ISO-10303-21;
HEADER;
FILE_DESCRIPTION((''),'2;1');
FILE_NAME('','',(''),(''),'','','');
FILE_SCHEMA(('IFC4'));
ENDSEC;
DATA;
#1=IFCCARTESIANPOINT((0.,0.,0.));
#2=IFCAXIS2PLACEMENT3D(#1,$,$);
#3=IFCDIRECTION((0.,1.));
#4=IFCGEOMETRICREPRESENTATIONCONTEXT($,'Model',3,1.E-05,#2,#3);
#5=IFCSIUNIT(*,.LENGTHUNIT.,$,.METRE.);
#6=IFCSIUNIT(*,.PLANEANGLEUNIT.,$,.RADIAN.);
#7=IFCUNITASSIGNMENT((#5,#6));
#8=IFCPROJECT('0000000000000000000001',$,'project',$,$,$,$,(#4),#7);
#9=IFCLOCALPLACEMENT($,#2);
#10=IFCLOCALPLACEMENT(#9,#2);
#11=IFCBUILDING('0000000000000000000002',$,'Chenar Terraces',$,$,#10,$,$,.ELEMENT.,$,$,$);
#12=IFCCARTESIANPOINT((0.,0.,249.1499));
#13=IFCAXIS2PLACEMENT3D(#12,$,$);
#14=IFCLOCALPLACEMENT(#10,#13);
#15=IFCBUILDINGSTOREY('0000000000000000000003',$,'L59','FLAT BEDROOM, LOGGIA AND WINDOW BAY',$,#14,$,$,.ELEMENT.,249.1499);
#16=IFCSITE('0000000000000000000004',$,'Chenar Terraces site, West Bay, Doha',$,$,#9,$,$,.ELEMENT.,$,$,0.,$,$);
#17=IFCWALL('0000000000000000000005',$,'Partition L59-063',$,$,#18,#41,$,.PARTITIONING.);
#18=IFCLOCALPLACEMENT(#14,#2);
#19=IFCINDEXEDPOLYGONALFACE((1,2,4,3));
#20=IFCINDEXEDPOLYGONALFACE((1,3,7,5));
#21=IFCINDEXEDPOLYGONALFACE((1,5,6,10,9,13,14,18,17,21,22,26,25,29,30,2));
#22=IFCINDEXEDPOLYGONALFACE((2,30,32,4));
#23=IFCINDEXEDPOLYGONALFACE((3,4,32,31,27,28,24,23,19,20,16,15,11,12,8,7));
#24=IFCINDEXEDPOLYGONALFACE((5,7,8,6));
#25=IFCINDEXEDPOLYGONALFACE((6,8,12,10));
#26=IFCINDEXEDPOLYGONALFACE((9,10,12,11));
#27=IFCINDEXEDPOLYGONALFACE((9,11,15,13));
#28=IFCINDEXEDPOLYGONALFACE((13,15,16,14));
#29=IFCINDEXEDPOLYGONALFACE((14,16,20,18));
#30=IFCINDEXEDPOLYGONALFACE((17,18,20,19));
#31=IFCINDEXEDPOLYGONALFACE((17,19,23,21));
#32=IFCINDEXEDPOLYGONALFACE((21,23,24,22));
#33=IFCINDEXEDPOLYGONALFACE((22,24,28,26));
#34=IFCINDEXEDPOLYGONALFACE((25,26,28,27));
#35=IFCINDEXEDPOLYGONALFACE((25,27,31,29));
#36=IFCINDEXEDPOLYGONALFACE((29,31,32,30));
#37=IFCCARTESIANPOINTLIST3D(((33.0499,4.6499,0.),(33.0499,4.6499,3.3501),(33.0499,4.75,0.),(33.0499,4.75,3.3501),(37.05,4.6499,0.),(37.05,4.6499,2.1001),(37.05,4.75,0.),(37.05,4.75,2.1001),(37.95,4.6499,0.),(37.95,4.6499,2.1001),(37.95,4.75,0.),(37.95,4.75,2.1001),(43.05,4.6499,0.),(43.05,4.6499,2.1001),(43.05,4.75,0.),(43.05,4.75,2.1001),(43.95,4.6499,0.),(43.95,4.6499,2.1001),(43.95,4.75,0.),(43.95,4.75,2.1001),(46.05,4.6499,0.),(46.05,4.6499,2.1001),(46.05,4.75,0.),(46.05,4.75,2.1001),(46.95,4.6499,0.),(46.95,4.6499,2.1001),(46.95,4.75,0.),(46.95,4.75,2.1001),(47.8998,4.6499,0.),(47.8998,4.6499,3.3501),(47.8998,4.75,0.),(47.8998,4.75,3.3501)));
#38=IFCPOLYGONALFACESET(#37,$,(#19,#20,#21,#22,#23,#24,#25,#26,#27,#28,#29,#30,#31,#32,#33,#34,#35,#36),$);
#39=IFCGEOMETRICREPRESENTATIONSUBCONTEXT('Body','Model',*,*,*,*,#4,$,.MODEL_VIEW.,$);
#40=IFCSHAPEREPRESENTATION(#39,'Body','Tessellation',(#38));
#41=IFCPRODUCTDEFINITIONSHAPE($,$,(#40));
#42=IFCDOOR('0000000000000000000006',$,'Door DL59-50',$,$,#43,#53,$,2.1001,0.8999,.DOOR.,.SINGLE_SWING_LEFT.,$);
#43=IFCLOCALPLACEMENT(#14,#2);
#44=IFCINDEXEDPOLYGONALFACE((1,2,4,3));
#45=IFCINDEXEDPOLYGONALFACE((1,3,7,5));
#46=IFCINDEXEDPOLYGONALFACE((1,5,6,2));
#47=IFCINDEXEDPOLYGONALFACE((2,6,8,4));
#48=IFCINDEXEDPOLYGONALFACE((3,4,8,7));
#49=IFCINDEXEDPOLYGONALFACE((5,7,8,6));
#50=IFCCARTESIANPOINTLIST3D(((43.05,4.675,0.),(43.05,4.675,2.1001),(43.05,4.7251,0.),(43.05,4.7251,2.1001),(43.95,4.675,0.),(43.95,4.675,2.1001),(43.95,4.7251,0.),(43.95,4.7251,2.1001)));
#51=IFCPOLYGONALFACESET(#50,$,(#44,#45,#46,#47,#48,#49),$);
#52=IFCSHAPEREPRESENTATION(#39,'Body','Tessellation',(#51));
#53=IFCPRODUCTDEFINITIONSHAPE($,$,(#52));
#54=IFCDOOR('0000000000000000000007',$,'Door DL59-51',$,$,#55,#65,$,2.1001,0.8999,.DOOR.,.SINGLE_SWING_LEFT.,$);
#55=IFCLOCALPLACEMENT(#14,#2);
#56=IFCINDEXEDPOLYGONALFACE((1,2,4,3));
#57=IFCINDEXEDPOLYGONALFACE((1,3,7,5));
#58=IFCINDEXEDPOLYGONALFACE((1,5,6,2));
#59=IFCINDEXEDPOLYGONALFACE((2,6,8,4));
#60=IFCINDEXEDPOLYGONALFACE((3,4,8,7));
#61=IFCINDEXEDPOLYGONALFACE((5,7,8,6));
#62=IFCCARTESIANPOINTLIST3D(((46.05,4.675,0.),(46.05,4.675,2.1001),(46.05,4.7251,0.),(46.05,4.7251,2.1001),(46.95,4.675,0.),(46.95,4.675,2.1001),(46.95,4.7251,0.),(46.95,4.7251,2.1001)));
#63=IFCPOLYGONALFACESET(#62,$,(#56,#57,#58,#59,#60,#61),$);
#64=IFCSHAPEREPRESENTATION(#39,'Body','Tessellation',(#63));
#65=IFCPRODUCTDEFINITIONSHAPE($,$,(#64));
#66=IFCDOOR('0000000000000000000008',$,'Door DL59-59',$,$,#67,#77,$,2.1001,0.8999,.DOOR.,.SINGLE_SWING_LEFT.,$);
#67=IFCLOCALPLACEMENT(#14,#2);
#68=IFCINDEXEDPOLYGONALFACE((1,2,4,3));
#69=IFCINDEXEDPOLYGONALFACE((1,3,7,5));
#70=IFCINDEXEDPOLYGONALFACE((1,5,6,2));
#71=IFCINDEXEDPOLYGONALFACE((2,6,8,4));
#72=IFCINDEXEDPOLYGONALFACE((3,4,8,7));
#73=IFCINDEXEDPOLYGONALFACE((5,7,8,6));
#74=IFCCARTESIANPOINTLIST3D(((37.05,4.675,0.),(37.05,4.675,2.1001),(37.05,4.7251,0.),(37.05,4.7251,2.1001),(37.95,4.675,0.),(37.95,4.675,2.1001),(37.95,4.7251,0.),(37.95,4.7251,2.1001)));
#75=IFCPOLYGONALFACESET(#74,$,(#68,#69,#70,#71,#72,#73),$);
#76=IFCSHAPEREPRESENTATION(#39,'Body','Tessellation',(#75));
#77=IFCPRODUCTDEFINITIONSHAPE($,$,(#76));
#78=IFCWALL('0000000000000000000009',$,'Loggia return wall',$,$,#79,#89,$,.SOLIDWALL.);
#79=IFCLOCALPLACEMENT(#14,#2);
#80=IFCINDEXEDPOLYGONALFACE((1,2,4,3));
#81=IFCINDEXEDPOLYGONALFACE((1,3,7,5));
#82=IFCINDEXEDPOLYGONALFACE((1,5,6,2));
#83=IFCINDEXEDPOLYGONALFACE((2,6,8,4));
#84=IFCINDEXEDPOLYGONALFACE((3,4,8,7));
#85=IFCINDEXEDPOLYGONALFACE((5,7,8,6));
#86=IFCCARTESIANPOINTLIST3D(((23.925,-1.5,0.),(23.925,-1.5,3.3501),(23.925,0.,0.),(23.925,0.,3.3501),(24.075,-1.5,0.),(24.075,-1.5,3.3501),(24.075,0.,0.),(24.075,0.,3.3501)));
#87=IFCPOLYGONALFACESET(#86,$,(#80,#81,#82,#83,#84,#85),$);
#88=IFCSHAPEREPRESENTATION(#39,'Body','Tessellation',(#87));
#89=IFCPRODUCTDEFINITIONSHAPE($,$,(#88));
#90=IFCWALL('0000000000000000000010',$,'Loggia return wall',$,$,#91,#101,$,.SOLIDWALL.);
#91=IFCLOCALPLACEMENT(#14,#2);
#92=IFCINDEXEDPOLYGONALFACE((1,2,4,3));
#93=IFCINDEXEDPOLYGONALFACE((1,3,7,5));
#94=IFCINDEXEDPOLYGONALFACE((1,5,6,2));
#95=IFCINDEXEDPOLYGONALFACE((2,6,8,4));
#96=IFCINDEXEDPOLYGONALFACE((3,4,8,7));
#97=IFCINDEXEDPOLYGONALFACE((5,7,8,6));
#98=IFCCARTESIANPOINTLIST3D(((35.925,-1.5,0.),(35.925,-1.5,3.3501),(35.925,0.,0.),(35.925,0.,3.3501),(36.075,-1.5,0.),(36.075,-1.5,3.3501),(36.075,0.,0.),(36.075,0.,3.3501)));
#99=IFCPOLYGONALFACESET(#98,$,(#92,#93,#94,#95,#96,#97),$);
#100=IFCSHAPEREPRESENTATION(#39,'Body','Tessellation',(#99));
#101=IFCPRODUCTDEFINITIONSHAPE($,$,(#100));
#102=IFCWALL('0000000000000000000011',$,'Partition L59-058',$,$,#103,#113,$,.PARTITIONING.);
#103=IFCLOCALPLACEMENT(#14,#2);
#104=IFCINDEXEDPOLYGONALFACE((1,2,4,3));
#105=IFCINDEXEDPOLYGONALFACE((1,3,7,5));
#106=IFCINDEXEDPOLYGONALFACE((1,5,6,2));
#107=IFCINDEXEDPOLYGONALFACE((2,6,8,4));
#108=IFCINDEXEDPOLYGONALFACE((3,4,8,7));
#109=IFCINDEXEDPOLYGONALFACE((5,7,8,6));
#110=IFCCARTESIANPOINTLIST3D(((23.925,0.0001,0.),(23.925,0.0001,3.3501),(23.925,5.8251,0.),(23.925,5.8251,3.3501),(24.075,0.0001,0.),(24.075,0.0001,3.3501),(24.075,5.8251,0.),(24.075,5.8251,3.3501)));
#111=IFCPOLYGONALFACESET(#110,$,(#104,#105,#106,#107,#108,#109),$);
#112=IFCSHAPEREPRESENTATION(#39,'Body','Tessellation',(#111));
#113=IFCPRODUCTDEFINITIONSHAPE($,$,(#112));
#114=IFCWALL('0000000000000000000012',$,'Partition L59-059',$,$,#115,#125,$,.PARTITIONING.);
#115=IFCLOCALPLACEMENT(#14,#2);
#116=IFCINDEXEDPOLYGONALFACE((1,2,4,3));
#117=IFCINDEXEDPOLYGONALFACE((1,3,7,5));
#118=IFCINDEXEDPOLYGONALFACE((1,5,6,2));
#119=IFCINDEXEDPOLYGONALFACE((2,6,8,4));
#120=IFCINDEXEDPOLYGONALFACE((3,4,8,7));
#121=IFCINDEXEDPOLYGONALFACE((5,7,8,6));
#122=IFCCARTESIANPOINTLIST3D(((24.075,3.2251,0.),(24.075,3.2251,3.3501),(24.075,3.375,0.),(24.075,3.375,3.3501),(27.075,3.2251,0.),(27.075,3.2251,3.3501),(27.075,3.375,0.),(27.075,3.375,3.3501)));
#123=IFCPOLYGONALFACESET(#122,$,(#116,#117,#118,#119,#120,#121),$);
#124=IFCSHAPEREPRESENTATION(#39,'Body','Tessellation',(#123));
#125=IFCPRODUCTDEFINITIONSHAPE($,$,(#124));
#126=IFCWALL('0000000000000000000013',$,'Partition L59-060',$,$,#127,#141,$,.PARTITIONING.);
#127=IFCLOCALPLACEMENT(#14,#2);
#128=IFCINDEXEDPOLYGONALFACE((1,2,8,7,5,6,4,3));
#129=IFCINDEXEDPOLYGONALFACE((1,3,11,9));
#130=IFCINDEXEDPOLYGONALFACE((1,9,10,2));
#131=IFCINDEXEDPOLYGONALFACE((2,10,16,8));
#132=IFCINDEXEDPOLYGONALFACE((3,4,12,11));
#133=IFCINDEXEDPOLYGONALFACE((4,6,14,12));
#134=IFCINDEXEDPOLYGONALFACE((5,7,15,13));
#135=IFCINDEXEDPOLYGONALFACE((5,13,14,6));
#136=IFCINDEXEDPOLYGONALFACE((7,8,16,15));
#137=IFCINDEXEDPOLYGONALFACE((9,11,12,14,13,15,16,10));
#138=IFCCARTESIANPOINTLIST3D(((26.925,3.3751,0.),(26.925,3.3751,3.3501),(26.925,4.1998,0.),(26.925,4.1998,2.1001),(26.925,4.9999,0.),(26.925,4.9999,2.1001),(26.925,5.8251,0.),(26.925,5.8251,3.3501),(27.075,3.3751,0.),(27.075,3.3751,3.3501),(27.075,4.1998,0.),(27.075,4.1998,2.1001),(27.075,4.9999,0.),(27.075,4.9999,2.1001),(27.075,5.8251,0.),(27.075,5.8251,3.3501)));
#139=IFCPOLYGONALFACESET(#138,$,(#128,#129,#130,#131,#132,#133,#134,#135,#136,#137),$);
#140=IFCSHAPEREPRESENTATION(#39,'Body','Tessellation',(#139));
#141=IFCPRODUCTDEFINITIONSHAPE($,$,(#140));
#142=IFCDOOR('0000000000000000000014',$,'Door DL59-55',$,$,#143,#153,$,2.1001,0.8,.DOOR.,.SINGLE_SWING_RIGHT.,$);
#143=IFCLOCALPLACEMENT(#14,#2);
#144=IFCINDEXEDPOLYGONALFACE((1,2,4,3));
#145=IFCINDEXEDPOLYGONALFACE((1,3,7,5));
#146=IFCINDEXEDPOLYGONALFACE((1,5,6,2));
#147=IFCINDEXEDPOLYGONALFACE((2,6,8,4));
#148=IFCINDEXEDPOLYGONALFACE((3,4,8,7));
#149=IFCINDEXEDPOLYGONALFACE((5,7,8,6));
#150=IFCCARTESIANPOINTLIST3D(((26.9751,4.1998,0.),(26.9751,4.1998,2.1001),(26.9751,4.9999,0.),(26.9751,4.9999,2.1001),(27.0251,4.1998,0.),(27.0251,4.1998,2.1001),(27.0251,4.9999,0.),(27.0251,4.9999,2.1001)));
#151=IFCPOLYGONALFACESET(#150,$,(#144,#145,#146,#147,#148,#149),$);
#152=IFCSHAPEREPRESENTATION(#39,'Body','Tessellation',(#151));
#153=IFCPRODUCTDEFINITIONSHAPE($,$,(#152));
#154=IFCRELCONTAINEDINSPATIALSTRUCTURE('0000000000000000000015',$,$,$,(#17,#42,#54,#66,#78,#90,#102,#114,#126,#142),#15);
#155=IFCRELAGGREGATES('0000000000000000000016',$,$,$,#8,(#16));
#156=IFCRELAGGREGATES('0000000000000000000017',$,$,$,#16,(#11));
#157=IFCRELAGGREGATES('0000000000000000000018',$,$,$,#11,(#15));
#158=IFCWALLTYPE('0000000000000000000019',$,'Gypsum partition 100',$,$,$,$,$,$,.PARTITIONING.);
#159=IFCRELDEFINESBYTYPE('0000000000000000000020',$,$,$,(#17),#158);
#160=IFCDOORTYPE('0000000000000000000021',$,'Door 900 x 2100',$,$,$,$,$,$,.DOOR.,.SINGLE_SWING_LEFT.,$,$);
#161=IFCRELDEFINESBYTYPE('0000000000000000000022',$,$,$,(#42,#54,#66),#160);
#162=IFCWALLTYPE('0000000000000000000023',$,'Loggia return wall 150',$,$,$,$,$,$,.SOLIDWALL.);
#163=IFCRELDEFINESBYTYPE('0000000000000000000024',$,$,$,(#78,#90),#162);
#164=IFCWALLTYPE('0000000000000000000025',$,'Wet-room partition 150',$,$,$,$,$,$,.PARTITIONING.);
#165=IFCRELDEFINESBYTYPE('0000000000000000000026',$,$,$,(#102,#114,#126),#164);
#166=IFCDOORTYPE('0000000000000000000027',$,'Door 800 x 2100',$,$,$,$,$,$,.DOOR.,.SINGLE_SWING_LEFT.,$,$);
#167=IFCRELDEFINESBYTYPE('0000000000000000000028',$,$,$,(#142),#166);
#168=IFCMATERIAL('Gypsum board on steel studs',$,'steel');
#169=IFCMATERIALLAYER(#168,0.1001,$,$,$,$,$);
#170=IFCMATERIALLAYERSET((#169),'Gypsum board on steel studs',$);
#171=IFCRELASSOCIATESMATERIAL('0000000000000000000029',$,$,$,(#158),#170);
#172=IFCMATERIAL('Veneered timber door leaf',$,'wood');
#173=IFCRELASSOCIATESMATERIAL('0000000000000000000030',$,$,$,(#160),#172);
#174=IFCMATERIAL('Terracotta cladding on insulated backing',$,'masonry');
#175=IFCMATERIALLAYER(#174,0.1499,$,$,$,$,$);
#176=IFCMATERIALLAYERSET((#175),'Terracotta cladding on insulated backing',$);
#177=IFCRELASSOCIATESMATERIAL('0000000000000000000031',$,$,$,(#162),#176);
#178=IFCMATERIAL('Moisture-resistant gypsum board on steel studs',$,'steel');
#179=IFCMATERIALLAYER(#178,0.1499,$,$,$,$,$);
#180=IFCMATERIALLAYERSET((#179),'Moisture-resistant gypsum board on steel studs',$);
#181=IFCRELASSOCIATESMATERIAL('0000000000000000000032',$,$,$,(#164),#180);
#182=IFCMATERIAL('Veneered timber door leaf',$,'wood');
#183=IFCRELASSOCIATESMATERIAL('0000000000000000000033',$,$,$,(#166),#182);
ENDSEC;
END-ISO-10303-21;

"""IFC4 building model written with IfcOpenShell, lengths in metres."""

from ifc_helpers import new_model, si_unit, direction, frame, frame_2d, origin, place, context, subcontext, project, spatial, rectangle, extrude, material, layer, layer_set, type_object, element, fill, save


model = new_model("IFC4")

# Units and contexts
model_context = context("Model", 3, precision=1e-05, world=origin(), true_north=direction((0.0, 1.0)))
body_context = subcontext(model_context, "Body", "Model", "MODEL_VIEW")
ifc_project = project(units=[si_unit("LENGTHUNIT", "METRE"), si_unit("PLANEANGLEUNIT", "RADIAN")], contexts=[model_context])

# Site, building, storey
site_placement = place(None, origin())
site = spatial("IfcSite", under=ifc_project, at=site_placement, Name="Chenar Terraces site, West Bay, Doha", CompositionType="ELEMENT", RefElevation=0.0)
building_placement = place(site_placement, origin())
building = spatial("IfcBuilding", under=site, at=building_placement, Name="Chenar Terraces", CompositionType="ELEMENT")
storey_placement = place(building_placement, frame((0.0, 0.0, 249.1499)))
storey = spatial("IfcBuildingStorey", under=building, at=storey_placement, Name="L59", Description="FLAT BEDROOM, LOGGIA AND WINDOW BAY", CompositionType="ELEMENT", Elevation=249.1499)

# Shared definitions
ifc_material_1 = material(Name="Gypsum board on steel studs", Category="steel")
ifc_layer_1 = layer(ifc_material_1, 0.1001)
ifc_layer_set_1 = layer_set([ifc_layer_1], Name="Gypsum board on steel studs")
wall_type_1 = type_object("IfcWallType", Name="Gypsum partition 100", PredefinedType="PARTITIONING", material=ifc_layer_set_1)

# Shared definitions
ifc_material_2 = material(Name="Veneered timber door leaf", Category="wood")
door_type_1 = type_object("IfcDoorType", Name="Door 900 x 2100", OperationType="SINGLE_SWING_LEFT", PredefinedType="DOOR", material=ifc_material_2)

# Wall, openings, doors
wall_1_placement = place(storey_placement, frame((33.05, 4.7, 0.0), z_axis=(0.0, 0.0, 1.0), x_axis=(1.0, 0.0, 0.0)))
wall_1 = element("IfcWall", 1, at=wall_1_placement, inside=storey, type_object=wall_type_1, Name="Partition L59-063", PredefinedType="PARTITIONING", context=body_context, shape_type="SweptSolid", body=[
    extrude(rectangle(XDim=14.8499, YDim=0.1001, at=frame_2d((7.4248, 0.0))), origin(), (0.0, 0.0, 1.0), 3.3501),
])
opening_1_placement = place(wall_1_placement, frame((10.0, 0.0, 0.0)))
opening_1 = element("IfcOpeningElement", 2, at=opening_1_placement, cuts=wall_1, PredefinedType="OPENING", context=body_context, shape_type="SweptSolid", body=[
    extrude(rectangle(XDim=0.8999, YDim=2.1001, at=frame_2d((0.45, 1.05))), frame((0.0, 0.0601, 0.0), z_axis=(0.0, -1.0, 0.0), x_axis=(1.0, 0.0, 0.0)), (0.0, 0.0, 1.0), 0.1201),
])
opening_2_placement = place(wall_1_placement, frame((13.0, 0.0, 0.0)))
opening_2 = element("IfcOpeningElement", 3, at=opening_2_placement, cuts=wall_1, PredefinedType="OPENING", context=body_context, shape_type="SweptSolid", body=[
    extrude(rectangle(XDim=0.8999, YDim=2.1001, at=frame_2d((0.45, 1.05))), frame((0.0, 0.0601, 0.0), z_axis=(0.0, -1.0, 0.0), x_axis=(1.0, 0.0, 0.0)), (0.0, 0.0, 1.0), 0.1201),
])
opening_3_placement = place(wall_1_placement, frame((4.0, 0.0, 0.0)))
opening_3 = element("IfcOpeningElement", 4, at=opening_3_placement, cuts=wall_1, PredefinedType="OPENING", context=body_context, shape_type="SweptSolid", body=[
    extrude(rectangle(XDim=0.8999, YDim=2.1001, at=frame_2d((0.45, 1.05))), frame((0.0, 0.0601, 0.0), z_axis=(0.0, -1.0, 0.0), x_axis=(1.0, 0.0, 0.0)), (0.0, 0.0, 1.0), 0.1201),
])
door_1_placement = place(opening_1_placement, frame((0.8999, 0.0, 0.0), z_axis=(0.0, 0.0, 1.0), x_axis=(-1.0, 0.0, 0.0)))
door_1 = element("IfcDoor", 5, at=door_1_placement, inside=storey, type_object=door_type_1, Name="Door DL59-50", OperationType="SINGLE_SWING_LEFT", OverallHeight=2.1001, OverallWidth=0.8999, PredefinedType="DOOR", context=body_context, shape_type="SweptSolid", body=[
    extrude(rectangle(XDim=0.8999, YDim=2.1001, at=frame_2d((0.45, 1.05))), frame((0.0, 0.0249, 0.0), z_axis=(0.0, -1.0, 0.0), x_axis=(1.0, 0.0, 0.0)), (0.0, 0.0, 1.0), 0.05),
])
fill(opening_1, door_1)
door_2_placement = place(opening_2_placement, frame((0.8999, 0.0, 0.0), z_axis=(0.0, 0.0, 1.0), x_axis=(-1.0, 0.0, 0.0)))
door_2 = element("IfcDoor", 6, at=door_2_placement, inside=storey, type_object=door_type_1, Name="Door DL59-51", OperationType="SINGLE_SWING_LEFT", OverallHeight=2.1001, OverallWidth=0.8999, PredefinedType="DOOR", context=body_context, shape_type="SweptSolid", body=[
    extrude(rectangle(XDim=0.8999, YDim=2.1001, at=frame_2d((0.45, 1.05))), frame((0.0, 0.0249, 0.0), z_axis=(0.0, -1.0, 0.0), x_axis=(1.0, 0.0, 0.0)), (0.0, 0.0, 1.0), 0.05),
])
fill(opening_2, door_2)
door_3_placement = place(opening_3_placement, frame((0.8999, 0.0, 0.0), z_axis=(0.0, 0.0, 1.0), x_axis=(-1.0, 0.0, 0.0)))
door_3 = element("IfcDoor", 7, at=door_3_placement, inside=storey, type_object=door_type_1, Name="Door DL59-59", OperationType="SINGLE_SWING_LEFT", OverallHeight=2.1001, OverallWidth=0.8999, PredefinedType="DOOR", context=body_context, shape_type="SweptSolid", body=[
    extrude(rectangle(XDim=0.8999, YDim=2.1001, at=frame_2d((0.45, 1.05))), frame((0.0, 0.0249, 0.0), z_axis=(0.0, -1.0, 0.0), x_axis=(1.0, 0.0, 0.0)), (0.0, 0.0, 1.0), 0.05),
])
fill(opening_3, door_3)

# Walls
ifc_material_3 = material(Name="Terracotta cladding on insulated backing", Category="masonry")
ifc_layer_2 = layer(ifc_material_3, 0.1499)
ifc_layer_set_2 = layer_set([ifc_layer_2], Name="Terracotta cladding on insulated backing")
wall_type_2 = type_object("IfcWallType", Name="Loggia return wall 150", PredefinedType="SOLIDWALL", material=ifc_layer_set_2)
for number, where, z_axis, x_axis, name in (
    (8, (24.0, -1.5, 0.0), (0.0, 0.0, 1.0), (0.0, 1.0, 0.0), "Loggia return wall"),
    (9, (36.0, -1.5, 0.0), (0.0, 0.0, 1.0), (0.0, 1.0, 0.0), "Loggia return wall"),
):
    element("IfcWall", number, at=place(storey_placement, frame(where, z_axis=z_axis, x_axis=x_axis)), inside=storey, type_object=wall_type_2, Name=name, PredefinedType="SOLIDWALL", context=body_context, shape_type="SweptSolid", body=[
        extrude(rectangle(XDim=1.5, YDim=0.1499, at=frame_2d((0.75, 0.0))), origin(), (0.0, 0.0, 1.0), 3.3501),
    ])
ifc_material_4 = material(Name="Moisture-resistant gypsum board on steel studs", Category="steel")
ifc_layer_3 = layer(ifc_material_4, 0.1499)
ifc_layer_set_3 = layer_set([ifc_layer_3], Name="Moisture-resistant gypsum board on steel studs")
wall_type_3 = type_object("IfcWallType", Name="Wet-room partition 150", PredefinedType="PARTITIONING", material=ifc_layer_set_3)
wall_2_placement = place(storey_placement, frame((24.0, 0.0, 0.0), z_axis=(0.0, 0.0, 1.0), x_axis=(0.0, 1.0, 0.0)))
element("IfcWall", 10, at=wall_2_placement, inside=storey, type_object=wall_type_3, Name="Partition L59-058", PredefinedType="PARTITIONING", context=body_context, shape_type="SweptSolid", body=[
    extrude(rectangle(XDim=5.825, YDim=0.1499, at=frame_2d((2.9126, 0.0))), origin(), (0.0, 0.0, 1.0), 3.3501),
])
wall_3_placement = place(storey_placement, frame((24.075, 3.3, 0.0), z_axis=(0.0, 0.0, 1.0), x_axis=(1.0, 0.0, 0.0)))
element("IfcWall", 11, at=wall_3_placement, inside=storey, type_object=wall_type_3, Name="Partition L59-059", PredefinedType="PARTITIONING", context=body_context, shape_type="SweptSolid", body=[
    extrude(rectangle(XDim=3.0, YDim=0.1499, at=frame_2d((1.5, 0.0))), origin(), (0.0, 0.0, 1.0), 3.3501),
])

# Wall, opening, door
wall_4_placement = place(storey_placement, frame((27.0, 3.375, 0.0), z_axis=(0.0, 0.0, 1.0), x_axis=(0.0, 1.0, 0.0)))
wall_4 = element("IfcWall", 12, at=wall_4_placement, inside=storey, type_object=wall_type_3, Name="Partition L59-060", PredefinedType="PARTITIONING", context=body_context, shape_type="SweptSolid", body=[
    extrude(rectangle(XDim=2.45, YDim=0.1499, at=frame_2d((1.2251, 0.0))), origin(), (0.0, 0.0, 1.0), 3.3501),
])
opening_4_placement = place(wall_4_placement, frame((0.825, 0.0, 0.0)))
opening_4 = element("IfcOpeningElement", 13, at=opening_4_placement, cuts=wall_4, PredefinedType="OPENING", context=body_context, shape_type="SweptSolid", body=[
    extrude(rectangle(XDim=0.8, YDim=2.1001, at=frame_2d((0.3999, 1.05))), frame((0.0, 0.085, 0.0), z_axis=(0.0, -1.0, 0.0), x_axis=(1.0, 0.0, 0.0)), (0.0, 0.0, 1.0), 0.1699),
])
ifc_material_5 = material(Name="Veneered timber door leaf", Category="wood")
door_type_2 = type_object("IfcDoorType", Name="Door 800 x 2100", OperationType="SINGLE_SWING_LEFT", PredefinedType="DOOR", material=ifc_material_5)
door_4_placement = place(opening_4_placement, origin())
door_4 = element("IfcDoor", 14, at=door_4_placement, inside=storey, type_object=door_type_2, Name="Door DL59-55", OperationType="SINGLE_SWING_RIGHT", OverallHeight=2.1001, OverallWidth=0.8, PredefinedType="DOOR", context=body_context, shape_type="SweptSolid", body=[
    extrude(rectangle(XDim=0.8, YDim=2.1001, at=frame_2d((0.3999, 1.05))), frame((0.0, 0.0249, 0.0), z_axis=(0.0, -1.0, 0.0), x_axis=(1.0, 0.0, 0.0)), (0.0, 0.0, 1.0), 0.05),
])
fill(opening_4, door_4)

save(model, "model.ifc")
